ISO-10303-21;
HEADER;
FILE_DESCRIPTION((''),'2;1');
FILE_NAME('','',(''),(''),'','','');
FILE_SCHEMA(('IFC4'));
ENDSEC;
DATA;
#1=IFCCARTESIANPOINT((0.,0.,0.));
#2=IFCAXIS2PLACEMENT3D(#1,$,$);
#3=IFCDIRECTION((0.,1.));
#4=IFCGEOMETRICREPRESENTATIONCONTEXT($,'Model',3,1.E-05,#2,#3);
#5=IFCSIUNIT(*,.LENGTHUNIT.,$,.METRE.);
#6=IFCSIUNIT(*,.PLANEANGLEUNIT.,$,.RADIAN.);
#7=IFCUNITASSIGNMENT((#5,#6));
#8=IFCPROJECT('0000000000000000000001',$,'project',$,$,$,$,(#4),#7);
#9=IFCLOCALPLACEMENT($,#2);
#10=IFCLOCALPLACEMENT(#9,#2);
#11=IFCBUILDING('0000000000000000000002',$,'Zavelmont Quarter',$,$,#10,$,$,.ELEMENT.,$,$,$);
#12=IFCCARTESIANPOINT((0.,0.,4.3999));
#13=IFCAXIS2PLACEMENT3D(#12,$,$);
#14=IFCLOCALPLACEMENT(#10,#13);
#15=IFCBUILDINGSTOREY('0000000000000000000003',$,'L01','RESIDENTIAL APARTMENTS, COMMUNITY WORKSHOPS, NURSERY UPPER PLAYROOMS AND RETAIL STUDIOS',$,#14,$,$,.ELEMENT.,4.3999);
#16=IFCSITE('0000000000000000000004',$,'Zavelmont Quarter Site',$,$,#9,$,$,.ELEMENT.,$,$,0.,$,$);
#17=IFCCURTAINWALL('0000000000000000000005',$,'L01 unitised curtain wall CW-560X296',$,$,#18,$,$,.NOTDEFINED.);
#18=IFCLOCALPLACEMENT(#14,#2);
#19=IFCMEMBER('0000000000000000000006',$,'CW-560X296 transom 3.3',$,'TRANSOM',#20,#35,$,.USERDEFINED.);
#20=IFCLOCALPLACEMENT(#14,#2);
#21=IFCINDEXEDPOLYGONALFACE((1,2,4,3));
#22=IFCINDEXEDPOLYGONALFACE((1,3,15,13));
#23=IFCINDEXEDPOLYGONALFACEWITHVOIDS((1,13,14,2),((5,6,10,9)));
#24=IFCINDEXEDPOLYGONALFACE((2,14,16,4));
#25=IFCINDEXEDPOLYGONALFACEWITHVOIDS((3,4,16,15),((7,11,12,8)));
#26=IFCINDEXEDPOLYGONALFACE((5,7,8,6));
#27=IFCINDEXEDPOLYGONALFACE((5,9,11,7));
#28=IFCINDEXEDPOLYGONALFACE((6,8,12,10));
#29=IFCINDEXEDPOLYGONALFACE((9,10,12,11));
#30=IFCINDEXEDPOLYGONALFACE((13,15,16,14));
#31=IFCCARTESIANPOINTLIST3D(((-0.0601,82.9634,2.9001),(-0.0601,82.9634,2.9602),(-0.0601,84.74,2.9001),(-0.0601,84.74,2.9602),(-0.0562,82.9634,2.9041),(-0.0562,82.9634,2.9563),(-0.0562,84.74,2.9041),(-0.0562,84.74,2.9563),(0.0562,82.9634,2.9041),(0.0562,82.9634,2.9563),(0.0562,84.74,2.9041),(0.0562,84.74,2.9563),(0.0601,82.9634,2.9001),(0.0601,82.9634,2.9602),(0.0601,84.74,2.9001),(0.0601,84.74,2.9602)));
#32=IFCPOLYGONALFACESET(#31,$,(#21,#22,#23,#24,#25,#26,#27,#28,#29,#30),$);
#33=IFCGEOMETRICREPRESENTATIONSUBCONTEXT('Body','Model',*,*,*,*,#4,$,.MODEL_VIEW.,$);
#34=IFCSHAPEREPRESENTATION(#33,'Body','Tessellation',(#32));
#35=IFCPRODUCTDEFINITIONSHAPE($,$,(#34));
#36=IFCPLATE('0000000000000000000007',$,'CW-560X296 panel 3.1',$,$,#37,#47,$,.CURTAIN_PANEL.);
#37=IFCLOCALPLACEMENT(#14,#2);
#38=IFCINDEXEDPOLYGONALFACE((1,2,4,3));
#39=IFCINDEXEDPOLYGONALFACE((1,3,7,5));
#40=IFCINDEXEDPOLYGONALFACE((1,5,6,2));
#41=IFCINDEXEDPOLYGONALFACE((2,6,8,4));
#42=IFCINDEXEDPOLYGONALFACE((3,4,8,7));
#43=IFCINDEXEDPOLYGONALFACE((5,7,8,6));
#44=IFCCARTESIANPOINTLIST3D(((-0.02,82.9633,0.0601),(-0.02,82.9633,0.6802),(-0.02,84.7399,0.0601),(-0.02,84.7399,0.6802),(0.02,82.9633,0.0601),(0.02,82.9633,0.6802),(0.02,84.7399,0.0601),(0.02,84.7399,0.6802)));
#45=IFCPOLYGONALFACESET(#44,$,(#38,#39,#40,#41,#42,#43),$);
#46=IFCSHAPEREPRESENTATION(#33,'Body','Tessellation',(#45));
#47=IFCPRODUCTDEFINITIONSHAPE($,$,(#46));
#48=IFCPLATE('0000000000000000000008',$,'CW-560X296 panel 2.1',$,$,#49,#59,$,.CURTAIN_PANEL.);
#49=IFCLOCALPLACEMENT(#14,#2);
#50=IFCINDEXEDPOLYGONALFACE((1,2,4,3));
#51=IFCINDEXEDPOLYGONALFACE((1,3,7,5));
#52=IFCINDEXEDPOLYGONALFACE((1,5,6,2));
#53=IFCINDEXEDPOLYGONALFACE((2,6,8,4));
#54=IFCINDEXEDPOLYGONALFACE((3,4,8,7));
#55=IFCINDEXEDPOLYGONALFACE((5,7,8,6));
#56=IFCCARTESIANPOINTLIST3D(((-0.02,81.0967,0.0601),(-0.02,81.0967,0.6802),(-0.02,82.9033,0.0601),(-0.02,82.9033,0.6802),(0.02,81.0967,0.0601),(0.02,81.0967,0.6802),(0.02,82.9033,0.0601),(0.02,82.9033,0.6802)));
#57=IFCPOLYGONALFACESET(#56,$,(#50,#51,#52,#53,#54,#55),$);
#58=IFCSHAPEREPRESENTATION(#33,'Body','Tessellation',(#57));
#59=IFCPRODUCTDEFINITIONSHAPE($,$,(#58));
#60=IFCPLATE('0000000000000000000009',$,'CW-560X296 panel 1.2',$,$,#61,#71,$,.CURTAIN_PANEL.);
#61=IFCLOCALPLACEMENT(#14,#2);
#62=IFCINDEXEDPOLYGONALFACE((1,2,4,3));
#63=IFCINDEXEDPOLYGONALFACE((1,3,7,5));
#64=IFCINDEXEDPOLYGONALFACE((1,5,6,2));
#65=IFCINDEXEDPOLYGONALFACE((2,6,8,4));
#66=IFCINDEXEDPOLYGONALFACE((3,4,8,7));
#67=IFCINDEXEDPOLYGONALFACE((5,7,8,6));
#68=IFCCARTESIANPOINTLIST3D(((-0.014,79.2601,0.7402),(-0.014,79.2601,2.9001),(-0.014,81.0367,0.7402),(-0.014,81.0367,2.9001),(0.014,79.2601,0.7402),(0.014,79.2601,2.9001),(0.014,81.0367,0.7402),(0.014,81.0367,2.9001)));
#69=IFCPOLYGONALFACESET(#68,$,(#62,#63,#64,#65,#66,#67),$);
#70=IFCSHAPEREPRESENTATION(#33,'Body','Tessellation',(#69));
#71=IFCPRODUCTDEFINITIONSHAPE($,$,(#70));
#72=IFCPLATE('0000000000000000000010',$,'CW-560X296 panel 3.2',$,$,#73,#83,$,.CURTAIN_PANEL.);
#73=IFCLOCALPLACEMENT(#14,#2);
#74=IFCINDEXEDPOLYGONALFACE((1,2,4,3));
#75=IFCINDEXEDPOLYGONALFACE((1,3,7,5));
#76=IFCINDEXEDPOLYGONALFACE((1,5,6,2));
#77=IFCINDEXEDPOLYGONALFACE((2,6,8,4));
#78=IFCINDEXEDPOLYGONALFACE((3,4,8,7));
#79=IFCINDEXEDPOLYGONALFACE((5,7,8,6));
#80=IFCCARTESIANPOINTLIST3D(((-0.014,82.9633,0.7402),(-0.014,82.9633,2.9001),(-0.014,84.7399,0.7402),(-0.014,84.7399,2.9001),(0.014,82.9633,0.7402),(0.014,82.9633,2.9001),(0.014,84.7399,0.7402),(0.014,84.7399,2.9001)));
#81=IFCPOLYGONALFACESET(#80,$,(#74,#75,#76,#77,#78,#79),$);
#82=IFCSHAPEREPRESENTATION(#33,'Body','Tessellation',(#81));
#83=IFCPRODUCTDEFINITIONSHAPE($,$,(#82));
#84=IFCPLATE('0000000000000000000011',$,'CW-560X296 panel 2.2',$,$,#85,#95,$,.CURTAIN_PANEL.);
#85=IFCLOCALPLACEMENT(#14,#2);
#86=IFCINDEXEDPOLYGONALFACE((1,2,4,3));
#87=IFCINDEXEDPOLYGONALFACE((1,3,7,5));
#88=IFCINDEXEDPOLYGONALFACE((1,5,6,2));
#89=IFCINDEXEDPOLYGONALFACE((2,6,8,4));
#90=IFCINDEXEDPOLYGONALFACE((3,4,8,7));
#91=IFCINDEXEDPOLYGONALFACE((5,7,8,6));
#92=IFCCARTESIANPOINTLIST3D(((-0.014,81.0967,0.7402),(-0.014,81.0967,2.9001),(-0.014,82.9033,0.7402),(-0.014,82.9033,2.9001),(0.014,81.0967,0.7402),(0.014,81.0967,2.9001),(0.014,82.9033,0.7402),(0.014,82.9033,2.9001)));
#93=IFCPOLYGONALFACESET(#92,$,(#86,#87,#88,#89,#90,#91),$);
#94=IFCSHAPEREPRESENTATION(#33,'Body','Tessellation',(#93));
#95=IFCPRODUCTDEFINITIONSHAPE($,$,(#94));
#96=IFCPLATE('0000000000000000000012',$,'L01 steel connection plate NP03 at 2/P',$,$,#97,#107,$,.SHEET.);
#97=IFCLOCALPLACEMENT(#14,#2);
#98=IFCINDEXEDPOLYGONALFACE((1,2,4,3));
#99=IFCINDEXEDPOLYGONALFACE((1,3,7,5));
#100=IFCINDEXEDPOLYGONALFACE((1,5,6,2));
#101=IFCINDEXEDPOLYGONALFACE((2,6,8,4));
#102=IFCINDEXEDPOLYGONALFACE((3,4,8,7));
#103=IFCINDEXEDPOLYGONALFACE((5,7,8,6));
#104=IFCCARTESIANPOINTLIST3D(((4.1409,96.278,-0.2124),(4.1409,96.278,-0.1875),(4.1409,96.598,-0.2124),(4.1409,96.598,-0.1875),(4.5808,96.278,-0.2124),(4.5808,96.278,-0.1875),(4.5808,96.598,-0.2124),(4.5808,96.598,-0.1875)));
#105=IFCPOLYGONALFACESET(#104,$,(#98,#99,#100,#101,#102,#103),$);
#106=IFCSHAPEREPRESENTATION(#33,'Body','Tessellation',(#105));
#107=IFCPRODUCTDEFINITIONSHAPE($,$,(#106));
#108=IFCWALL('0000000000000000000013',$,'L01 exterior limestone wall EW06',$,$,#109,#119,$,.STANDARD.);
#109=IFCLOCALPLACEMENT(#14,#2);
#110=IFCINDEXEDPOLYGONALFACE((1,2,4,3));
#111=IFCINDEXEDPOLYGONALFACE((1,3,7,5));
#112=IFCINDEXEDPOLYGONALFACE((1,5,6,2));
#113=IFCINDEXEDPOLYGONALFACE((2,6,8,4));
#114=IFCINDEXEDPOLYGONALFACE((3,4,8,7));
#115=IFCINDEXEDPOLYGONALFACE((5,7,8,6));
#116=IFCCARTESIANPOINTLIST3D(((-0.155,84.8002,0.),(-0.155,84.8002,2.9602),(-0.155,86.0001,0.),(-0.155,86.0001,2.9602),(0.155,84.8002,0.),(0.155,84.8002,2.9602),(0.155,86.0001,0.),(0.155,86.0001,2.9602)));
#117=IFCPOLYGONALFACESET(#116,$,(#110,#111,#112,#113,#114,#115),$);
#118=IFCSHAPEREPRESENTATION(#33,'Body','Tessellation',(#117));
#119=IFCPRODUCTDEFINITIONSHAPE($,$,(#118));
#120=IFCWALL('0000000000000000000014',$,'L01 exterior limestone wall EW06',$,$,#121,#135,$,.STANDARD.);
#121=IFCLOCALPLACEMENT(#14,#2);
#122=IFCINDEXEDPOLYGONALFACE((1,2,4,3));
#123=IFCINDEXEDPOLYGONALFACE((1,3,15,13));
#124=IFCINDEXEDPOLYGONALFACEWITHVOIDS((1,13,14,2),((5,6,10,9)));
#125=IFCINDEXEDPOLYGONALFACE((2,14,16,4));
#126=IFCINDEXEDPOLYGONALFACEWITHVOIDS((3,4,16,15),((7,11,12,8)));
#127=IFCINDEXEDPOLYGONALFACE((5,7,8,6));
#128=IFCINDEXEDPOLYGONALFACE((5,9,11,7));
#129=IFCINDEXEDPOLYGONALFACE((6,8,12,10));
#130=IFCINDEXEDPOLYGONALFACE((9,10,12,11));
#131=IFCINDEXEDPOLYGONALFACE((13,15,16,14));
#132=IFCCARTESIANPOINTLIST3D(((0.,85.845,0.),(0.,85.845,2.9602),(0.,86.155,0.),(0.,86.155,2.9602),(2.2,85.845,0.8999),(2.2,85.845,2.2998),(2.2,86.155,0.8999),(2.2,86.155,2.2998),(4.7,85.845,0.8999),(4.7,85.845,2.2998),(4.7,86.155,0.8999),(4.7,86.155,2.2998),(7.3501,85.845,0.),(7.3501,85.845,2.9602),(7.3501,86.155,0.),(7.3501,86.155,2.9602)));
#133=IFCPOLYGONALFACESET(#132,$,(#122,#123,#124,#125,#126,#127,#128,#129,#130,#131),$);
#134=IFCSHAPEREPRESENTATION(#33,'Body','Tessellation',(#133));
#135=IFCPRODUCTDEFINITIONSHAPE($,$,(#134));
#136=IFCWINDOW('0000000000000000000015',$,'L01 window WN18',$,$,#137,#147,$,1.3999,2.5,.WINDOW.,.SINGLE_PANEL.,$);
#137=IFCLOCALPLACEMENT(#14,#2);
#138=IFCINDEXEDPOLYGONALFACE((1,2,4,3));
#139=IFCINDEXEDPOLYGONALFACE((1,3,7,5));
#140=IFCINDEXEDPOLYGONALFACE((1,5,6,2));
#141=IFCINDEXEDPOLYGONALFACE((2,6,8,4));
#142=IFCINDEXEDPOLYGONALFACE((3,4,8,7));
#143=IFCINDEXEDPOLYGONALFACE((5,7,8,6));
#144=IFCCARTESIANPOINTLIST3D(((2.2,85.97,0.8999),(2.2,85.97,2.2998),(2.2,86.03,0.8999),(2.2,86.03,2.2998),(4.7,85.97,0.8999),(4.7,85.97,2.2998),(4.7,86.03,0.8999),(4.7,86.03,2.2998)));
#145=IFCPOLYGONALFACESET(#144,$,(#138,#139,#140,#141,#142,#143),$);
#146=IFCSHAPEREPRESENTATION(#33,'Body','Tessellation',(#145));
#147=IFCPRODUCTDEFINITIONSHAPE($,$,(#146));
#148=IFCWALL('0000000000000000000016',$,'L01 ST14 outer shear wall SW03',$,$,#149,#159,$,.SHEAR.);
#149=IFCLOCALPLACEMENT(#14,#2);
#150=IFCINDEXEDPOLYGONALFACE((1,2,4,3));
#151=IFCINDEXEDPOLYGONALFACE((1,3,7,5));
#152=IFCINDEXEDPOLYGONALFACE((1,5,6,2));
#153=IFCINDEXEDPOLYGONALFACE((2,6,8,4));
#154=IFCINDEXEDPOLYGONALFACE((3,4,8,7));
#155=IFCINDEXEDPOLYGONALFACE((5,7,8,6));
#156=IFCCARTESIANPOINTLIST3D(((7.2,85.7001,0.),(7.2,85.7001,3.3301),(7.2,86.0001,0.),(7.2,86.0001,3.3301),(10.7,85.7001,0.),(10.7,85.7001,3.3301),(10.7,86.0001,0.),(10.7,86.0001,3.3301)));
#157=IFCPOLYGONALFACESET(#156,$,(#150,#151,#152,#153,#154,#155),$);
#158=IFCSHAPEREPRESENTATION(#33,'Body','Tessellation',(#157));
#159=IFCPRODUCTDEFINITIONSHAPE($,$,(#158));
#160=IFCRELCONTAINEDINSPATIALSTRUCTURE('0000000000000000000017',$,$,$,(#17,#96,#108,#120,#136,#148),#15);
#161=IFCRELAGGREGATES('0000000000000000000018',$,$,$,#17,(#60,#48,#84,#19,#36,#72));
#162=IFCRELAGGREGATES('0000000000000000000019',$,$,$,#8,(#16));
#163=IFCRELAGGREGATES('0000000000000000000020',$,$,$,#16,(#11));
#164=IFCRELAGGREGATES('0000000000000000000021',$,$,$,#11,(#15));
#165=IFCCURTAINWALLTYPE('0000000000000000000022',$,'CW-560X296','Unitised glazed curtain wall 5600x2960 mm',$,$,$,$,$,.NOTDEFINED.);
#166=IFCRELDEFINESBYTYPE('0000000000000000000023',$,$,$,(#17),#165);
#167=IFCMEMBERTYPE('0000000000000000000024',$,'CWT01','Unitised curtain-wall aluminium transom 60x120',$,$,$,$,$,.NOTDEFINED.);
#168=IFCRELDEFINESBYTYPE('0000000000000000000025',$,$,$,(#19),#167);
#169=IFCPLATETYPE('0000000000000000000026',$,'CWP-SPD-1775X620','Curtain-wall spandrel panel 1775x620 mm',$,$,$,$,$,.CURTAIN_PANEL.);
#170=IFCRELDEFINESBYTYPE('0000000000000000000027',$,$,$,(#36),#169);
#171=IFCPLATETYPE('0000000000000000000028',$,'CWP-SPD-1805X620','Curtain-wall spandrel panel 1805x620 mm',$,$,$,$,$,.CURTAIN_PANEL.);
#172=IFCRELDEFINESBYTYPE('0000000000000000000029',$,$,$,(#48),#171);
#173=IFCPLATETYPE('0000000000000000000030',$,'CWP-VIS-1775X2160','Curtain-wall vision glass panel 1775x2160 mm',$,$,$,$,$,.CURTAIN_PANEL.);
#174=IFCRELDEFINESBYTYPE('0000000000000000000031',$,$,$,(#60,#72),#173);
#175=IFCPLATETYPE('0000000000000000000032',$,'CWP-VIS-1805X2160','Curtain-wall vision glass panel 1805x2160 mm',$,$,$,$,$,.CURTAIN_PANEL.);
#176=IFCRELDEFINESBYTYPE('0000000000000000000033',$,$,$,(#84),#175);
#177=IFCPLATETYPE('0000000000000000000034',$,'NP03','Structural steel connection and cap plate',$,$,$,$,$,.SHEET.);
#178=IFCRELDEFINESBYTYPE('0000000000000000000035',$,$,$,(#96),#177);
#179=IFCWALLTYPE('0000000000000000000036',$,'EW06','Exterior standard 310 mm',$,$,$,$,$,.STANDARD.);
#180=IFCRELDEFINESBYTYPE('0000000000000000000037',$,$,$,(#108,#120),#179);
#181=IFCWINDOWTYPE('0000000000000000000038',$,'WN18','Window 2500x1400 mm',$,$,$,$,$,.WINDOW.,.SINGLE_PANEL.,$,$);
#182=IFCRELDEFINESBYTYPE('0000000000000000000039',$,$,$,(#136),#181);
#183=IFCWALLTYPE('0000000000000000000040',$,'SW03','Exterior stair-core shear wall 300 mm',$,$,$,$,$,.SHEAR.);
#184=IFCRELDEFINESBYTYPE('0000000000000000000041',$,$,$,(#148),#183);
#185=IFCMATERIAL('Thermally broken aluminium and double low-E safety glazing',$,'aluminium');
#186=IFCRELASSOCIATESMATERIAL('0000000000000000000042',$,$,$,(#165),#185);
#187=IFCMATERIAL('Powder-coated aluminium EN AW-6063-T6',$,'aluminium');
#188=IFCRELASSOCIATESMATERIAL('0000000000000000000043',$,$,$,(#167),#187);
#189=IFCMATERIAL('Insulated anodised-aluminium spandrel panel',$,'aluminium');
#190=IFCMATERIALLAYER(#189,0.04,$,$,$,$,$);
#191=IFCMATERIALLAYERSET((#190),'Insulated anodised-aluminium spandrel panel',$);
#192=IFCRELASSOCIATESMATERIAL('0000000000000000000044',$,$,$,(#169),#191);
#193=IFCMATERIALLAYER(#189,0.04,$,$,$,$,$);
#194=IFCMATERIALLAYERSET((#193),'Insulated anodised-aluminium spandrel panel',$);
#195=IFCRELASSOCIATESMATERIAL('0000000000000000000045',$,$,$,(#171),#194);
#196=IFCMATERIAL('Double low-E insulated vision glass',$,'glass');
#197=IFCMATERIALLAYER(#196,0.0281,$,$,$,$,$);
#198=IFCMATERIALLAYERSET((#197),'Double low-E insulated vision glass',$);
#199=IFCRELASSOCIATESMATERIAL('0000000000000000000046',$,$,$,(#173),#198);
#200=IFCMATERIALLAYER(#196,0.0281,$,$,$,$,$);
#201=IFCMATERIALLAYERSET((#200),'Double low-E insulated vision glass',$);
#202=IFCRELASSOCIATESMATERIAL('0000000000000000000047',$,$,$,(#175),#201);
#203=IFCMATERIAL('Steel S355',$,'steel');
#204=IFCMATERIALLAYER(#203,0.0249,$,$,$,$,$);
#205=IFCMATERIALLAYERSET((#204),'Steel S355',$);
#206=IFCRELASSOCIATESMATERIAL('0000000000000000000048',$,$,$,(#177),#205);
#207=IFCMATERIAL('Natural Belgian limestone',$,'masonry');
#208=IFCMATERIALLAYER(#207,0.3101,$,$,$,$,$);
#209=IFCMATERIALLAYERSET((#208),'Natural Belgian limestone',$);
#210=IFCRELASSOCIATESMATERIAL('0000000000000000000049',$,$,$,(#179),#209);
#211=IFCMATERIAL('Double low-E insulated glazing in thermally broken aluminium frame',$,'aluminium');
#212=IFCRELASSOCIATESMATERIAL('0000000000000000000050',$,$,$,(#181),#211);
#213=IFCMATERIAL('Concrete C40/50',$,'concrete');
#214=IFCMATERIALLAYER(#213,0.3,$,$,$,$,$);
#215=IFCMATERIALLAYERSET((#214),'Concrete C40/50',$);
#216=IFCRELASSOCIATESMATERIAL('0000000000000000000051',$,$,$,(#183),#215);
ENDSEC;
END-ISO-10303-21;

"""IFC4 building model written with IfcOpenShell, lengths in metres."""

from ifc_helpers import new_model, si_unit, direction, frame, frame_2d, origin, origin_with_axes, origin_2d, place, context, subcontext, project, spatial, rectangle, hollow_rectangle, extrude, material, layer, layer_set, material_profile, profile_set, type_object, element, fill, aggregate, save


model = new_model("IFC4")

# Units and contexts
model_context = context("Model", 3, precision=1e-05, world=origin(), true_north=direction((0.0, 1.0)))
body_context = subcontext(model_context, "Body", "Model", "MODEL_VIEW")
ifc_project = project(units=[si_unit("LENGTHUNIT", "METRE"), si_unit("PLANEANGLEUNIT", "RADIAN")], contexts=[model_context])

# Site, building, storey
site_placement = place(None, origin())
site = spatial("IfcSite", under=ifc_project, at=site_placement, Name="Zavelmont Quarter Site", CompositionType="ELEMENT", RefElevation=0.0)
building_placement = place(site_placement, origin())
building = spatial("IfcBuilding", under=site, at=building_placement, Name="Zavelmont Quarter", CompositionType="ELEMENT")
storey_placement = place(building_placement, frame((0.0, 0.0, 4.3999)))
storey = spatial("IfcBuildingStorey", under=building, at=storey_placement, Name="L01", Description="RESIDENTIAL APARTMENTS, COMMUNITY WORKSHOPS, NURSERY UPPER PLAYROOMS AND RETAIL STUDIOS", CompositionType="ELEMENT", Elevation=4.3999)

# Shared definitions
ifc_material_1 = material(Name="Concrete C40/50", Category="concrete")

# Curtain wall, member, plates
ifc_material_2 = material(Name="Thermally broken aluminium and double low-E safety glazing", Category="aluminium")
curtain_wall_type = type_object("IfcCurtainWallType", Name="CW-560X296", Description="Unitised glazed curtain wall 5600x2960 mm", PredefinedType="NOTDEFINED", material=ifc_material_2)
curtain_wall_placement = place(storey_placement, origin())
curtain_wall = element("IfcCurtainWall", 1, at=curtain_wall_placement, inside=storey, type_object=curtain_wall_type, Name="L01 unitised curtain wall CW-560X296", PredefinedType="NOTDEFINED")
ifc_material_3 = material(Name="Powder-coated aluminium EN AW-6063-T6", Category="aluminium")
ifc_material_profile_1 = material_profile(ifc_material_3, hollow_rectangle(XDim=0.1201, YDim=0.0601, WallThickness=0.0039, at=origin_2d()), Name="CWT60X120")
ifc_profile_set_1 = profile_set([ifc_material_profile_1], Name="Powder-coated aluminium EN AW-6063-T6")
member_type_1 = type_object("IfcMemberType", Name="CWT01", Description="Unitised curtain-wall aluminium transom 60x120", PredefinedType="NOTDEFINED", material=ifc_profile_set_1)
member_1_placement = place(storey_placement, frame((0.0, 82.9634, 2.9302), z_axis=(0.0, 1.0, 0.0), x_axis=(-1.0, 0.0, 0.0)))
member_1 = element("IfcMember", 2, at=member_1_placement, type_object=member_type_1, Name="CW-560X296 transom 3.3", ObjectType="TRANSOM", PredefinedType="USERDEFINED", context=body_context, shape_type="SweptSolid", body=[
    extrude(hollow_rectangle(XDim=0.1201, YDim=0.0601, WallThickness=0.0039, at=origin_2d()), origin(), (0.0, 0.0, 1.0), 1.7766),
])
ifc_material_4 = material(Name="Insulated anodised-aluminium spandrel panel", Category="aluminium")
ifc_layer_1 = layer(ifc_material_4, 0.04)
ifc_layer_set_1 = layer_set([ifc_layer_1], Name="Insulated anodised-aluminium spandrel panel")
plate_type_1 = type_object("IfcPlateType", Name="CWP-SPD-1775X620", Description="Curtain-wall spandrel panel 1775x620 mm", PredefinedType="CURTAIN_PANEL", material=ifc_layer_set_1)
plate_1_placement = place(storey_placement, frame((0.0, 83.8516, 0.0601), z_axis=(0.0, 0.0, 1.0), x_axis=(0.0, 1.0, 0.0)))
plate_1 = element("IfcPlate", 3, at=plate_1_placement, type_object=plate_type_1, Name="CW-560X296 panel 3.1", PredefinedType="CURTAIN_PANEL", context=body_context, shape_type="SweptSolid", body=[
    extrude(rectangle(XDim=1.7766, YDim=0.04, at=origin_2d()), origin(), (0.0, 0.0, 1.0), 0.6201),
])
ifc_layer_2 = layer(ifc_material_4, 0.04)
ifc_layer_set_2 = layer_set([ifc_layer_2], Name="Insulated anodised-aluminium spandrel panel")
plate_type_2 = type_object("IfcPlateType", Name="CWP-SPD-1805X620", Description="Curtain-wall spandrel panel 1805x620 mm", PredefinedType="CURTAIN_PANEL", material=ifc_layer_set_2)
plate_2_placement = place(storey_placement, frame((0.0, 82.0, 0.0601), z_axis=(0.0, 0.0, 1.0), x_axis=(0.0, 1.0, 0.0)))
plate_2 = element("IfcPlate", 4, at=plate_2_placement, type_object=plate_type_2, Name="CW-560X296 panel 2.1", PredefinedType="CURTAIN_PANEL", context=body_context, shape_type="SweptSolid", body=[
    extrude(rectangle(XDim=1.8066, YDim=0.04, at=origin_2d()), origin(), (0.0, 0.0, 1.0), 0.6201),
])
ifc_material_5 = material(Name="Double low-E insulated vision glass", Category="glass")
ifc_layer_3 = layer(ifc_material_5, 0.0281)
ifc_layer_set_3 = layer_set([ifc_layer_3], Name="Double low-E insulated vision glass")
plate_type_3 = type_object("IfcPlateType", Name="CWP-VIS-1775X2160", Description="Curtain-wall vision glass panel 1775x2160 mm", PredefinedType="CURTAIN_PANEL", material=ifc_layer_set_3)
plate_3_placement = place(storey_placement, frame((0.0, 80.1484, 0.7402), z_axis=(0.0, 0.0, 1.0), x_axis=(0.0, 1.0, 0.0)))
plate_3 = element("IfcPlate", 5, at=plate_3_placement, type_object=plate_type_3, Name="CW-560X296 panel 1.2", PredefinedType="CURTAIN_PANEL", context=body_context, shape_type="SweptSolid", body=[
    extrude(rectangle(XDim=1.7766, YDim=0.0281, at=origin_2d()), origin(), (0.0, 0.0, 1.0), 2.1599),
])
plate_4_placement = place(storey_placement, frame((0.0, 83.8516, 0.7402), z_axis=(0.0, 0.0, 1.0), x_axis=(0.0, 1.0, 0.0)))
plate_4 = element("IfcPlate", 6, at=plate_4_placement, type_object=plate_type_3, Name="CW-560X296 panel 3.2", PredefinedType="CURTAIN_PANEL", context=body_context, shape_type="SweptSolid", body=[
    extrude(rectangle(XDim=1.7766, YDim=0.0281, at=origin_2d()), origin(), (0.0, 0.0, 1.0), 2.1599),
])
ifc_layer_4 = layer(ifc_material_5, 0.0281)
ifc_layer_set_4 = layer_set([ifc_layer_4], Name="Double low-E insulated vision glass")
plate_type_4 = type_object("IfcPlateType", Name="CWP-VIS-1805X2160", Description="Curtain-wall vision glass panel 1805x2160 mm", PredefinedType="CURTAIN_PANEL", material=ifc_layer_set_4)
plate_5_placement = place(storey_placement, frame((0.0, 82.0, 0.7402), z_axis=(0.0, 0.0, 1.0), x_axis=(0.0, 1.0, 0.0)))
plate_5 = element("IfcPlate", 7, at=plate_5_placement, type_object=plate_type_4, Name="CW-560X296 panel 2.2", PredefinedType="CURTAIN_PANEL", context=body_context, shape_type="SweptSolid", body=[
    extrude(rectangle(XDim=1.8066, YDim=0.0281, at=origin_2d()), origin(), (0.0, 0.0, 1.0), 2.1599),
])
aggregate(curtain_wall, [plate_3, plate_2, plate_5, member_1, plate_1, plate_4])

# Plate
ifc_material_6 = material(Name="Steel S355", Category="steel")
ifc_layer_5 = layer(ifc_material_6, 0.0249)
ifc_layer_set_5 = layer_set([ifc_layer_5], Name="Steel S355")
plate_type_5 = type_object("IfcPlateType", Name="NP03", Description="Structural steel connection and cap plate", PredefinedType="SHEET", material=ifc_layer_set_5)
plate_6_placement = place(storey_placement, frame((4.3608, 96.438, -0.2124), z_axis=(0.0, 0.0, 1.0), x_axis=(1.0, 0.0, 0.0)))
element("IfcPlate", 8, at=plate_6_placement, inside=storey, type_object=plate_type_5, Name="L01 steel connection plate NP03 at 2/P", PredefinedType="SHEET", context=body_context, shape_type="SweptSolid", body=[
    extrude(rectangle(XDim=0.4399, YDim=0.3201, at=origin_2d()), origin(), (0.0, 0.0, 1.0), 0.0249),
])

# Wall
ifc_material_7 = material(Name="Natural Belgian limestone", Category="masonry")
ifc_layer_6 = layer(ifc_material_7, 0.3101)
ifc_layer_set_6 = layer_set([ifc_layer_6], Name="Natural Belgian limestone")
wall_type_1 = type_object("IfcWallType", Name="EW06", Description="Exterior standard 310 mm", PredefinedType="STANDARD", material=ifc_layer_set_6)
wall_1_placement = place(storey_placement, frame((0.0, 84.8, 0.0), z_axis=(0.0, 0.0, 1.0), x_axis=(0.0, 1.0, 0.0)))
element("IfcWall", 9, at=wall_1_placement, inside=storey, type_object=wall_type_1, Name="L01 exterior limestone wall EW06", PredefinedType="STANDARD", context=body_context, shape_type="SweptSolid", body=[
    extrude(rectangle(XDim=1.2, YDim=0.3101, at=frame_2d((0.6001, 0.0))), origin(), (0.0, 0.0, 1.0), 2.9602),
])

# Wall, opening, window
wall_2_placement = place(storey_placement, frame((0.0, 86.0, 0.0), z_axis=(0.0, 0.0, 1.0), x_axis=(1.0, 0.0, 0.0)))
wall_2 = element("IfcWall", 10, at=wall_2_placement, inside=storey, type_object=wall_type_1, Name="L01 exterior limestone wall EW06", PredefinedType="STANDARD", context=body_context, shape_type="SweptSolid", body=[
    extrude(rectangle(XDim=7.3501, YDim=0.3101, at=frame_2d((3.675, 0.0))), origin(), (0.0, 0.0, 1.0), 2.9602),
])
opening_placement = place(wall_2_placement, frame((2.2, 0.0, 0.8999)))
opening = element("IfcOpeningElement", 11, at=opening_placement, cuts=wall_2, PredefinedType="OPENING", context=body_context, shape_type="SweptSolid", body=[
    extrude(rectangle(XDim=2.5, YDim=1.3999, at=frame_2d((1.25, 0.7))), frame((0.0, 0.167, 0.0), z_axis=(0.0, -1.0, 0.0), x_axis=(1.0, 0.0, 0.0)), (0.0, 0.0, 1.0), 0.334),
])
ifc_material_8 = material(Name="Double low-E insulated glazing in thermally broken aluminium frame", Category="aluminium")
window_type = type_object("IfcWindowType", Name="WN18", Description="Window 2500x1400 mm", PartitioningType="SINGLE_PANEL", PredefinedType="WINDOW", material=ifc_material_8)
window_placement = place(opening_placement, origin_with_axes())
window = element("IfcWindow", 12, at=window_placement, inside=storey, type_object=window_type, Name="L01 window WN18", OverallHeight=1.3999, OverallWidth=2.5, PartitioningType="SINGLE_PANEL", PredefinedType="WINDOW", context=body_context, shape_type="SweptSolid", body=[
    extrude(rectangle(XDim=2.5, YDim=1.3999, at=frame_2d((1.25, 0.7))), frame((0.0, 0.03, 0.0), z_axis=(0.0, -1.0, 0.0), x_axis=(1.0, 0.0, 0.0)), (0.0, 0.0, 1.0), 0.0601),
])
fill(opening, window)

# Wall
ifc_layer_7 = layer(ifc_material_1, 0.3)
ifc_layer_set_7 = layer_set([ifc_layer_7], Name="Concrete C40/50")
wall_type_2 = type_object("IfcWallType", Name="SW03", Description="Exterior stair-core shear wall 300 mm", PredefinedType="SHEAR", material=ifc_layer_set_7)
wall_3_placement = place(storey_placement, frame((7.2, 85.8501, 0.0), z_axis=(0.0, 0.0, 1.0), x_axis=(1.0, 0.0, 0.0)))
element("IfcWall", 13, at=wall_3_placement, inside=storey, type_object=wall_type_2, Name="L01 ST14 outer shear wall SW03", PredefinedType="SHEAR", context=body_context, shape_type="SweptSolid", body=[
    extrude(rectangle(XDim=3.5, YDim=0.3, at=frame_2d((1.75, 0.0))), origin(), (0.0, 0.0, 1.0), 3.3301),
])

save(model, "model.ifc")
